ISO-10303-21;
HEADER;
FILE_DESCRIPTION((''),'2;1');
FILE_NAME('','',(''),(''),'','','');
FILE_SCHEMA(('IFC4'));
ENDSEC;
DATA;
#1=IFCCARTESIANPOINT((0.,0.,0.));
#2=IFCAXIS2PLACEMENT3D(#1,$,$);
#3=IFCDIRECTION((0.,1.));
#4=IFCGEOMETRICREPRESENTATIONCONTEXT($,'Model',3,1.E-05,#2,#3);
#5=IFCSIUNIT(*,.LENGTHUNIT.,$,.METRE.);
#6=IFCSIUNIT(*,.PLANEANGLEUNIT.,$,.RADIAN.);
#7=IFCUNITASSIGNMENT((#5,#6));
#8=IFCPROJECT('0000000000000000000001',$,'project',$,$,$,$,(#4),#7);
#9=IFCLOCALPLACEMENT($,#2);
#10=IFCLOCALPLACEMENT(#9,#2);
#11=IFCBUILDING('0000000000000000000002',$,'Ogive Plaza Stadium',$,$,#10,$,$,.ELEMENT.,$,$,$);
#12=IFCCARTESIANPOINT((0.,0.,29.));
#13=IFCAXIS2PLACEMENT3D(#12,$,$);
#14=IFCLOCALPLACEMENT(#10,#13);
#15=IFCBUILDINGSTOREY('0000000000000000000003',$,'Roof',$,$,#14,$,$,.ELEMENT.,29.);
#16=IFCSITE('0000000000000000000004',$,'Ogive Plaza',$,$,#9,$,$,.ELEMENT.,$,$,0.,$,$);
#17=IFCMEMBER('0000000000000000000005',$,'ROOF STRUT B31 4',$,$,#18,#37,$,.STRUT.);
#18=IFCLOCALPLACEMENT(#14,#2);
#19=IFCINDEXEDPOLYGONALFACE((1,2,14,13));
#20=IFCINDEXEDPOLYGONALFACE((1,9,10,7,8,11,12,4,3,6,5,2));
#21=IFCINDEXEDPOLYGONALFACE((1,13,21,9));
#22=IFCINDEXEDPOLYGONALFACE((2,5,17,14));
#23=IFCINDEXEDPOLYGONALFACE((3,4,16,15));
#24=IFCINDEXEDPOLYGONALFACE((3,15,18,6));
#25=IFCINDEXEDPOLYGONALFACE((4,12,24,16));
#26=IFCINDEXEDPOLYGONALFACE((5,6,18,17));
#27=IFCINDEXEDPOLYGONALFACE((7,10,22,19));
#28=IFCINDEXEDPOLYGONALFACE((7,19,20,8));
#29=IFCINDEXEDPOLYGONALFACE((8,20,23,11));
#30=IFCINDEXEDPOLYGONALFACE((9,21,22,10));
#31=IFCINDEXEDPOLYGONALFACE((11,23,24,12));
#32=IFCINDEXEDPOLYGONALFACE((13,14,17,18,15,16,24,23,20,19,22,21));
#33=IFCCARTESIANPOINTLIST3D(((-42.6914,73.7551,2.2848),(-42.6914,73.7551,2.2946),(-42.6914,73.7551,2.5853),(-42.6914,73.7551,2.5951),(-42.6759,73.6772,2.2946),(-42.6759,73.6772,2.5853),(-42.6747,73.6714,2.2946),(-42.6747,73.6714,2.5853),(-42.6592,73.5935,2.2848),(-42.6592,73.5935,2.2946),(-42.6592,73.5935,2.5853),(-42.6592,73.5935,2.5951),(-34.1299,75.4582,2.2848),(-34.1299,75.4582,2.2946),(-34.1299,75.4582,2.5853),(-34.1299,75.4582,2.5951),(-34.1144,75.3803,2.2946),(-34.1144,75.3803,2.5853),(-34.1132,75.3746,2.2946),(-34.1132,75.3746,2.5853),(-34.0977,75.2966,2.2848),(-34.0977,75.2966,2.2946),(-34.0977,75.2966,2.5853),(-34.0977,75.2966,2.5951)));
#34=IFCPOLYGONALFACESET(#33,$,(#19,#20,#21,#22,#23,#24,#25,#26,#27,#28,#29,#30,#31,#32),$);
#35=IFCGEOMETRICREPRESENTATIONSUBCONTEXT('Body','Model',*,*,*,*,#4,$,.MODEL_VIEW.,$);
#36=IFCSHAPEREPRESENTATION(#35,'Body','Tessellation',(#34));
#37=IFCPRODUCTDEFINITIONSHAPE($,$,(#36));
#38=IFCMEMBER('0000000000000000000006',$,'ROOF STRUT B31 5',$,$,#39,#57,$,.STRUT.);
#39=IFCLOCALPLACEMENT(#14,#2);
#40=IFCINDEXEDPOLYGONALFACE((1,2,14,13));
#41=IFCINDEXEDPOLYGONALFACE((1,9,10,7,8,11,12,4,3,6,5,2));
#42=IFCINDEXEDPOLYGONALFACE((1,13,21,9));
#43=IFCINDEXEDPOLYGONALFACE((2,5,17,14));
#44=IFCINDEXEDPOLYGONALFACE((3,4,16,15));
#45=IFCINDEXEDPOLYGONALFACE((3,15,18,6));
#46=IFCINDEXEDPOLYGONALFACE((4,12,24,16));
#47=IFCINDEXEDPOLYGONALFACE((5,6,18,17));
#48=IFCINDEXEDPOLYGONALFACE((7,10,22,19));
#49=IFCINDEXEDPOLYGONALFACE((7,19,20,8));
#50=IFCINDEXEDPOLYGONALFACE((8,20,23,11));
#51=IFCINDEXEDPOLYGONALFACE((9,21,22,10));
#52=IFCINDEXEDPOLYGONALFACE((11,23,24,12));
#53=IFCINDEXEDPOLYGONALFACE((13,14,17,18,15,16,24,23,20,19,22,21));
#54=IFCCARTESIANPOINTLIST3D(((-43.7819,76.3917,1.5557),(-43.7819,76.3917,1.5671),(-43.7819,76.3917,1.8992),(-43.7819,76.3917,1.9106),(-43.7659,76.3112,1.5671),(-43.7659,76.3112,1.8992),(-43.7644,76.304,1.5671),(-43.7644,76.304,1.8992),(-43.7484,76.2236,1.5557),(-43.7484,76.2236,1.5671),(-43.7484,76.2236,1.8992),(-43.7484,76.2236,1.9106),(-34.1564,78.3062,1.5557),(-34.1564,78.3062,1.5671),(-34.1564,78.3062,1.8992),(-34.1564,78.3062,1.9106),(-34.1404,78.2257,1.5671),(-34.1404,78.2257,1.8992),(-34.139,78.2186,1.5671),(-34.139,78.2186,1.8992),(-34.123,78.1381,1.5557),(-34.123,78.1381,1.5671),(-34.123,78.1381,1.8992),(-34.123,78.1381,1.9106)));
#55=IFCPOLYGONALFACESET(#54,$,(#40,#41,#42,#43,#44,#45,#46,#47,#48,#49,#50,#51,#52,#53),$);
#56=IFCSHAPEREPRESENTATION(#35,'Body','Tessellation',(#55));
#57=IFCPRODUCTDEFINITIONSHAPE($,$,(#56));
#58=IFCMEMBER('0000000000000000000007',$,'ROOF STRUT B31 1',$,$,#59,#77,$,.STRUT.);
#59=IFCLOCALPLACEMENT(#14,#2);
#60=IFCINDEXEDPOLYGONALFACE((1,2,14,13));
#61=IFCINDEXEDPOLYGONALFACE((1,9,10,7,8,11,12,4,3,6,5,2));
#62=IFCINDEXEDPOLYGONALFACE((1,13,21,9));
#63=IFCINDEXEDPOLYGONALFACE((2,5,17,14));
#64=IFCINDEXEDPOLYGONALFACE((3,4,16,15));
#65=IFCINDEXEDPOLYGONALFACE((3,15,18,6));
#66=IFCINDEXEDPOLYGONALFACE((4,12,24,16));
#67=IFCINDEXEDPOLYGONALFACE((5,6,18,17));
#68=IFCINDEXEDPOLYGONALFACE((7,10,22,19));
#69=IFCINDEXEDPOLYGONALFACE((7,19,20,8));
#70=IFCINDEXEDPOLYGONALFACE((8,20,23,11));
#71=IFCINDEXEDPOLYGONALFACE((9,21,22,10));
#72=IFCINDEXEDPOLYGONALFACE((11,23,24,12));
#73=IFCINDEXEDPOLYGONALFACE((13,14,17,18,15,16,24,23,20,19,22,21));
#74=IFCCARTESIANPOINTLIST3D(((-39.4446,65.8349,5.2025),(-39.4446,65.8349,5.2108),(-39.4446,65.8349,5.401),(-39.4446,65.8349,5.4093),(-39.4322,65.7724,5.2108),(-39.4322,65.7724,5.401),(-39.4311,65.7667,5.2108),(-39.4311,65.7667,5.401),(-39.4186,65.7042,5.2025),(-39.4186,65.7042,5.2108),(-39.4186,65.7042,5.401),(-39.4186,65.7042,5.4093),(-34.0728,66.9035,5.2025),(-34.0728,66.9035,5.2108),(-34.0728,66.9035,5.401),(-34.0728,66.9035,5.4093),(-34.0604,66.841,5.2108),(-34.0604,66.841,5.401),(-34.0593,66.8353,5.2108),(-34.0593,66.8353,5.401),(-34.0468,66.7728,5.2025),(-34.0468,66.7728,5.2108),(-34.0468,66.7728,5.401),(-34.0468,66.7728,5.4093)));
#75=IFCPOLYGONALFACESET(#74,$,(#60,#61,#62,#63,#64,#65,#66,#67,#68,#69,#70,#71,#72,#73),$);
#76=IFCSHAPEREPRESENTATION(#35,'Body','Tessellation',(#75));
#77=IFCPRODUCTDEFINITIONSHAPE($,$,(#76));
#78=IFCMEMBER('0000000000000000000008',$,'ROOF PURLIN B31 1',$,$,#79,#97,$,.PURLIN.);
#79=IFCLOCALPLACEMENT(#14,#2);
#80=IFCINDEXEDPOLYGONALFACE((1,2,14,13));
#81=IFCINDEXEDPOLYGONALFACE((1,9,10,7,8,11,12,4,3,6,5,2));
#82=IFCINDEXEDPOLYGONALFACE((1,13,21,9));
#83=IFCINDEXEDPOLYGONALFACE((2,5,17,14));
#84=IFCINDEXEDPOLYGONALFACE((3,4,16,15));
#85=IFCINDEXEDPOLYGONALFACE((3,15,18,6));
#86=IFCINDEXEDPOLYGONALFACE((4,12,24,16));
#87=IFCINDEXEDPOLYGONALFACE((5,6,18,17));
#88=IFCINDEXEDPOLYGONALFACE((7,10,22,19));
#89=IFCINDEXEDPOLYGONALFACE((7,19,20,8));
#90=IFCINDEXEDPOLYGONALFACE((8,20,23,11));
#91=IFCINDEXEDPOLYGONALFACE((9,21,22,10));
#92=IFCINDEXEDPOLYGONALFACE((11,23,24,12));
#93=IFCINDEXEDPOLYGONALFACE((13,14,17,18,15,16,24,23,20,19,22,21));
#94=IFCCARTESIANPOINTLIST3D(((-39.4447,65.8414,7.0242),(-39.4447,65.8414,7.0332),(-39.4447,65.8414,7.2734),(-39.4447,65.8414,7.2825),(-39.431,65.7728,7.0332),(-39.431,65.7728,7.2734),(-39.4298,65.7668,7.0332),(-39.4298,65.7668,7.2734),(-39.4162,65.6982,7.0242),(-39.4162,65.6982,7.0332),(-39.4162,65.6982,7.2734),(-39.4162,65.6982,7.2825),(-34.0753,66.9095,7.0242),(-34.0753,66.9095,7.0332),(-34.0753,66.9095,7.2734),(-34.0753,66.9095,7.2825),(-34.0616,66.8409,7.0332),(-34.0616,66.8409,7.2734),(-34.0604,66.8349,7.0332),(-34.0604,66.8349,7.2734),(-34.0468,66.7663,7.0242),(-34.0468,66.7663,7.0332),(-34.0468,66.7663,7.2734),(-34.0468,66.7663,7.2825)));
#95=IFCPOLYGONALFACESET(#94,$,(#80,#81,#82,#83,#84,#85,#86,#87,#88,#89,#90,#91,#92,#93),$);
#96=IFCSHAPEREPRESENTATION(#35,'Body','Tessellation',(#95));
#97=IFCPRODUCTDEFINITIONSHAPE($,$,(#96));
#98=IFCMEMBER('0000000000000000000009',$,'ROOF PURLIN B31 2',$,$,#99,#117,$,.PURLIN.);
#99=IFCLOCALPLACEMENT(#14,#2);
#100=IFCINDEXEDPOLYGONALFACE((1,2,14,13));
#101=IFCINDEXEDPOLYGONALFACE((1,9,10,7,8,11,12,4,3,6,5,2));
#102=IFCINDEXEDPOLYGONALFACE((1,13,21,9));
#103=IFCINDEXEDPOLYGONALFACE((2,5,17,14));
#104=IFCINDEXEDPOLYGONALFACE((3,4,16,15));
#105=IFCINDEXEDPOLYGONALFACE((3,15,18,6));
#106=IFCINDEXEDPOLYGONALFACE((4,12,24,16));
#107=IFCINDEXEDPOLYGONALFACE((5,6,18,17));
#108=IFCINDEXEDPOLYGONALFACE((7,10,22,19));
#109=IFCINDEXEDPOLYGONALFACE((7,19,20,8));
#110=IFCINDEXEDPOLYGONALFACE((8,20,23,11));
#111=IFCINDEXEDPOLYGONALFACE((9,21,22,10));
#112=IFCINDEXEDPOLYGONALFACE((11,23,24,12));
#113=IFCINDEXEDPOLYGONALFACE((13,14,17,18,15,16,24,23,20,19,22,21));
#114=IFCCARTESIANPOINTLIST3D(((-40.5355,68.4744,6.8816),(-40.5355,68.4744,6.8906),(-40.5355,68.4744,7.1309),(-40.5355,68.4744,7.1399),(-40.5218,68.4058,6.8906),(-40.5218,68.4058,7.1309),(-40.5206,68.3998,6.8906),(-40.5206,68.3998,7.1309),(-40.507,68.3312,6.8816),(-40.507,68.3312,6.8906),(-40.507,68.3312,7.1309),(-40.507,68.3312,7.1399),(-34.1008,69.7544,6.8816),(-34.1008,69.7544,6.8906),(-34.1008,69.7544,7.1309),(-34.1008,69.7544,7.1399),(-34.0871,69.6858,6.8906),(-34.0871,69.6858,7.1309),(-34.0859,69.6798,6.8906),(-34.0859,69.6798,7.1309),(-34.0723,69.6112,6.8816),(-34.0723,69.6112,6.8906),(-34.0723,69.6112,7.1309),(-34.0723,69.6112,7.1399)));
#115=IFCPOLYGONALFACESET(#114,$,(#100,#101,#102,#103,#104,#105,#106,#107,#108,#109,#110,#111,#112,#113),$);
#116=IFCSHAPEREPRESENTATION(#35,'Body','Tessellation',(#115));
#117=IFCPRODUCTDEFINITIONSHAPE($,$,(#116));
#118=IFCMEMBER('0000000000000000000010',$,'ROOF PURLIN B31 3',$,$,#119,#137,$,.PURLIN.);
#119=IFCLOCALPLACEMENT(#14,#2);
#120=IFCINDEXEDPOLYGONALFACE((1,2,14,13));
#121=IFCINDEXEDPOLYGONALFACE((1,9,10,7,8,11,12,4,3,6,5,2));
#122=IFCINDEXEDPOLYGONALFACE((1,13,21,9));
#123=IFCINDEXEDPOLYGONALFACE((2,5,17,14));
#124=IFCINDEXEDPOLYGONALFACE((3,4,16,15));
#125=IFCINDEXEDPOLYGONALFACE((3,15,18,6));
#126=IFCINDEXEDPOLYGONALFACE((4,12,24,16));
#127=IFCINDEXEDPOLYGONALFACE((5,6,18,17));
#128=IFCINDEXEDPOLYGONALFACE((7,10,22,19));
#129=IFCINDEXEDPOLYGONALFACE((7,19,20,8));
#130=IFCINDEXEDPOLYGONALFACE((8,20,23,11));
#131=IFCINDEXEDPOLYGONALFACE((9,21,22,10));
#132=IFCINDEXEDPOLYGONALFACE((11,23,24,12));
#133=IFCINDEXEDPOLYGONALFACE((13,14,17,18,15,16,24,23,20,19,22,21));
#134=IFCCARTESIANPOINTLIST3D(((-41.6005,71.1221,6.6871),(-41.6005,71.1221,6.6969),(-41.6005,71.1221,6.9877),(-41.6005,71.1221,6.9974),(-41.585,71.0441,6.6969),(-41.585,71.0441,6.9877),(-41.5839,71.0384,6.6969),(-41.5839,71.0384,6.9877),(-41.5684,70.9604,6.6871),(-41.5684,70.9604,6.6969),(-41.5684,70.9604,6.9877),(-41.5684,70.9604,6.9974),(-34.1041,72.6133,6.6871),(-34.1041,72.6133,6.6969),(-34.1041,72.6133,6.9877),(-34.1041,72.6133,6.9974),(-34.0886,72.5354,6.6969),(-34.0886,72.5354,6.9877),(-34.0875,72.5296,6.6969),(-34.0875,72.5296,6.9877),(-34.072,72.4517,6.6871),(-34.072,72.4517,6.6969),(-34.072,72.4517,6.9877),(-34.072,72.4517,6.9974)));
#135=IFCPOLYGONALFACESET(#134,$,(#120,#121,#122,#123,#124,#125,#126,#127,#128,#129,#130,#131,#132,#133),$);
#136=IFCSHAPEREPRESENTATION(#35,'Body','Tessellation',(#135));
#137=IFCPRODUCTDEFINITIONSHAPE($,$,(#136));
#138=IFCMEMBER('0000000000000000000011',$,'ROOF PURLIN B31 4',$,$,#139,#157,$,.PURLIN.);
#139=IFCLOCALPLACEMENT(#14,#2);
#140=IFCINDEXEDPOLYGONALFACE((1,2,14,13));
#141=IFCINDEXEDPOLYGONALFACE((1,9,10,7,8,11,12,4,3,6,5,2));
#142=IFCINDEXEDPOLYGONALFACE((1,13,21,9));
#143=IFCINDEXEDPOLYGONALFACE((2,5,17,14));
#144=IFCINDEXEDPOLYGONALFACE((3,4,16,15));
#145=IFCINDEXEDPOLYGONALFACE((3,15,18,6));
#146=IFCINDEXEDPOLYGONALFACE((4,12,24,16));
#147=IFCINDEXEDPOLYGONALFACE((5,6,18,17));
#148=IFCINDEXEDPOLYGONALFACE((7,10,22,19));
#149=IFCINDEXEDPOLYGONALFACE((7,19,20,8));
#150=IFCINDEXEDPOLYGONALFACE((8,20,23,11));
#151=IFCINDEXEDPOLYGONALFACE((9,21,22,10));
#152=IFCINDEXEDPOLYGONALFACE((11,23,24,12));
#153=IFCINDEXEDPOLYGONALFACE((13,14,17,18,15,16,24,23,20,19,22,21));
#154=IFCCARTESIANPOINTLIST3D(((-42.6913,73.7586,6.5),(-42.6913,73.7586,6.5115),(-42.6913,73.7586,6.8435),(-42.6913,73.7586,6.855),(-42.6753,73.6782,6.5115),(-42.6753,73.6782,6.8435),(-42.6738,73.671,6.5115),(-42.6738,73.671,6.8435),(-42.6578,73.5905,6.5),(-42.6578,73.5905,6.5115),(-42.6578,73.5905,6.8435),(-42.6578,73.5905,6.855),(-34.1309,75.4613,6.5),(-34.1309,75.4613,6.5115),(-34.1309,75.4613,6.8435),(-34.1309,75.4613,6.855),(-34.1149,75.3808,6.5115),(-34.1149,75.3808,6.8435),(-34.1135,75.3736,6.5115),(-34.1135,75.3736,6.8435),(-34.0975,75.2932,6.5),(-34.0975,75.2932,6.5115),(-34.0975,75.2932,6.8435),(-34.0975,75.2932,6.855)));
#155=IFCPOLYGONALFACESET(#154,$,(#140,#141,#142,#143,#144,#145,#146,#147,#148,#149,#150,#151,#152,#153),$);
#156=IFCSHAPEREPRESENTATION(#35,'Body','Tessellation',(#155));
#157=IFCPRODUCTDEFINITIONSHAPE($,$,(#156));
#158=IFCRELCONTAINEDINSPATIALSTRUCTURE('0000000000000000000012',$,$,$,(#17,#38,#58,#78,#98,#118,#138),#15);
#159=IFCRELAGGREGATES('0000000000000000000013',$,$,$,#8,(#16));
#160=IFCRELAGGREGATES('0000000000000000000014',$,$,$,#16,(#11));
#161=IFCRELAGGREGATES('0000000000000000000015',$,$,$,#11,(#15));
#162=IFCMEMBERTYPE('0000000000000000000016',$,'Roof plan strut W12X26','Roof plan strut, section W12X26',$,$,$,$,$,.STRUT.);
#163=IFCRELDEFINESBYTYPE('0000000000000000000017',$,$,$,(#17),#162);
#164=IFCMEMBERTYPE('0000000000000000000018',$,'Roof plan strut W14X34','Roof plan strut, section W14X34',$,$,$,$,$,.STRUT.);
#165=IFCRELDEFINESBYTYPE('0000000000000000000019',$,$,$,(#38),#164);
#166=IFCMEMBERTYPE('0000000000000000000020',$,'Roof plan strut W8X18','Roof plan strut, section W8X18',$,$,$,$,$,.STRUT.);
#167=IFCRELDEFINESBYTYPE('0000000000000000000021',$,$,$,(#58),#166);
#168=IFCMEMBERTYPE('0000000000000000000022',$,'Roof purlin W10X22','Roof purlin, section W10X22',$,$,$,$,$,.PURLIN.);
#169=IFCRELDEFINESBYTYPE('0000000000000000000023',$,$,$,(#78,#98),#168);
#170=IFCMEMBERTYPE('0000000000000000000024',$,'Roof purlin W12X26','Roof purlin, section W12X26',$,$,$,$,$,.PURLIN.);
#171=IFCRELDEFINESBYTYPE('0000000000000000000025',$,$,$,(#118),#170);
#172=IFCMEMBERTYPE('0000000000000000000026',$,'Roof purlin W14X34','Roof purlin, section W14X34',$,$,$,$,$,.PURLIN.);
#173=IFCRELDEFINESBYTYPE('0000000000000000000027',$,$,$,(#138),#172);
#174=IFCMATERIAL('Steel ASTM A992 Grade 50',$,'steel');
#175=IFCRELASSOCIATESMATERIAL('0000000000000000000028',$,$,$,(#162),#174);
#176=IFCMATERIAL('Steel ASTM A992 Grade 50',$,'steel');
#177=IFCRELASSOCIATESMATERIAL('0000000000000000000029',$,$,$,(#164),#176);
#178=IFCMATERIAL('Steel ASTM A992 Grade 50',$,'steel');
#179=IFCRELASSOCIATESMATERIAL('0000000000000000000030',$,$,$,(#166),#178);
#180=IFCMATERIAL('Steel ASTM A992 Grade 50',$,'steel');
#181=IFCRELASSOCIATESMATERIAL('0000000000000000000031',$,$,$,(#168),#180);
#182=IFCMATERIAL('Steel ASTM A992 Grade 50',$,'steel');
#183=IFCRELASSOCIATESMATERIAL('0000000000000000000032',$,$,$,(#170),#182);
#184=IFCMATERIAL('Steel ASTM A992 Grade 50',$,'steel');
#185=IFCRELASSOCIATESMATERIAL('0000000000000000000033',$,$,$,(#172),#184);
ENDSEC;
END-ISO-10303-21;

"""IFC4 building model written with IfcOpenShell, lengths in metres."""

from ifc_helpers import new_model, si_unit, direction, frame, origin, origin_2d, place, context, subcontext, project, spatial, i_section, extrude, material, material_profile, profile_set, type_object, element, save


model = new_model("IFC4")

# Units and contexts
model_context = context("Model", 3, precision=1e-05, world=origin(), true_north=direction((0.0, 1.0)))
body_context = subcontext(model_context, "Body", "Model", "MODEL_VIEW")
ifc_project = project(units=[si_unit("LENGTHUNIT", "METRE"), si_unit("PLANEANGLEUNIT", "RADIAN")], contexts=[model_context])

# Site, building, storey
site_placement = place(None, origin())
site = spatial("IfcSite", under=ifc_project, at=site_placement, Name="Ogive Plaza", CompositionType="ELEMENT", RefElevation=0.0)
building_placement = place(site_placement, origin())
building = spatial("IfcBuilding", under=site, at=building_placement, Name="Ogive Plaza Stadium", CompositionType="ELEMENT")
storey_placement = place(building_placement, frame((0.0, 0.0, 29.0)))
storey = spatial("IfcBuildingStorey", under=building, at=storey_placement, Name="Roof", CompositionType="ELEMENT", Elevation=29.0)

# Members
ifc_material_1 = material(Name="Steel ASTM A992 Grade 50", Category="steel")
ifc_material_profile_1 = material_profile(ifc_material_1, i_section(OverallWidth=0.1648, OverallDepth=0.3103, WebThickness=0.0059, FlangeThickness=0.0098, at=origin_2d()), Name="W12X26")
ifc_profile_set_1 = profile_set([ifc_material_profile_1], Name="Steel ASTM A992 Grade 50")
member_type_1 = type_object("IfcMemberType", Name="Roof plan strut W12X26", Description="Roof plan strut, section W12X26", PredefinedType="STRUT", material=ifc_profile_set_1)
member_1_placement = place(storey_placement, frame((-42.6753, 73.6743, 2.4399), z_axis=(0.980782, 0.195105, 0.0), x_axis=(-0.195105, 0.980782, 0.0)))
element("IfcMember", 1, at=member_1_placement, inside=storey, type_object=member_type_1, Name="ROOF STRUT B31 4", PredefinedType="STRUT", context=body_context, shape_type="SweptSolid", body=[
    extrude(i_section(OverallWidth=0.1648, OverallDepth=0.3103, WebThickness=0.0059, FlangeThickness=0.0098, at=origin_2d()), origin(), (0.0, 0.0, 1.0), 8.7292),
])
ifc_material_2 = material(Name="Steel ASTM A992 Grade 50", Category="steel")
ifc_material_profile_2 = material_profile(ifc_material_2, i_section(OverallWidth=0.1714, OverallDepth=0.355, WebThickness=0.0073, FlangeThickness=0.0115, at=origin_2d()), Name="W14X34")
ifc_profile_set_2 = profile_set([ifc_material_profile_2], Name="Steel ASTM A992 Grade 50")
member_type_2 = type_object("IfcMemberType", Name="Roof plan strut W14X34", Description="Roof plan strut, section W14X34", PredefinedType="STRUT", material=ifc_profile_set_2)
member_2_placement = place(storey_placement, frame((-43.7651, 76.3076, 1.7332), z_axis=(0.980787, 0.195083, 0.0), x_axis=(-0.195083, 0.980787, 0.0)))
element("IfcMember", 2, at=member_2_placement, inside=storey, type_object=member_type_2, Name="ROOF STRUT B31 5", PredefinedType="STRUT", context=body_context, shape_type="SweptSolid", body=[
    extrude(i_section(OverallWidth=0.1714, OverallDepth=0.355, WebThickness=0.0073, FlangeThickness=0.0115, at=origin_2d()), origin(), (0.0, 0.0, 1.0), 9.814),
])
ifc_material_3 = material(Name="Steel ASTM A992 Grade 50", Category="steel")
ifc_material_profile_3 = material_profile(ifc_material_3, i_section(OverallWidth=0.1333, OverallDepth=0.2068, WebThickness=0.0059, FlangeThickness=0.0083, at=origin_2d()), Name="W8X18")
ifc_profile_set_3 = profile_set([ifc_material_profile_3], Name="Steel ASTM A992 Grade 50")
member_type_3 = type_object("IfcMemberType", Name="Roof plan strut W8X18", Description="Roof plan strut, section W8X18", PredefinedType="STRUT", material=ifc_profile_set_3)
member_3_placement = place(storey_placement, frame((-39.4316, 65.7695, 5.3059), z_axis=(0.980782, 0.195105, 0.0), x_axis=(-0.195105, 0.980782, 0.0)))
element("IfcMember", 3, at=member_3_placement, inside=storey, type_object=member_type_3, Name="ROOF STRUT B31 1", PredefinedType="STRUT", context=body_context, shape_type="SweptSolid", body=[
    extrude(i_section(OverallWidth=0.1333, OverallDepth=0.2068, WebThickness=0.0059, FlangeThickness=0.0083, at=origin_2d()), origin(), (0.0, 0.0, 1.0), 5.4771),
])
ifc_material_4 = material(Name="Steel ASTM A992 Grade 50", Category="steel")
ifc_material_profile_4 = material_profile(ifc_material_4, i_section(OverallWidth=0.146, OverallDepth=0.2583, WebThickness=0.0061, FlangeThickness=0.009, at=origin_2d()), Name="W10X22")
ifc_profile_set_4 = profile_set([ifc_material_profile_4], Name="Steel ASTM A992 Grade 50")
member_type_4 = type_object("IfcMemberType", Name="Roof purlin W10X22", Description="Roof purlin, section W10X22", PredefinedType="PURLIN", material=ifc_profile_set_4)
member_4_placement = place(storey_placement, frame((-39.4304, 65.7698, 7.1533), z_axis=(0.980783, 0.195104, 0.0), x_axis=(-0.195104, 0.980783, 0.0)))
element("IfcMember", 4, at=member_4_placement, inside=storey, type_object=member_type_4, Name="ROOF PURLIN B31 1", PredefinedType="PURLIN", context=body_context, shape_type="SweptSolid", body=[
    extrude(i_section(OverallWidth=0.146, OverallDepth=0.2583, WebThickness=0.0061, FlangeThickness=0.009, at=origin_2d()), origin(), (0.0, 0.0, 1.0), 5.4746),
])
member_5_placement = place(storey_placement, frame((-40.5212, 68.4028, 7.0107), z_axis=(0.980783, 0.1951, 0.0), x_axis=(-0.1951, 0.980783, 0.0)))
element("IfcMember", 5, at=member_5_placement, inside=storey, type_object=member_type_4, Name="ROOF PURLIN B31 2", PredefinedType="PURLIN", context=body_context, shape_type="SweptSolid", body=[
    extrude(i_section(OverallWidth=0.146, OverallDepth=0.2583, WebThickness=0.0061, FlangeThickness=0.009, at=origin_2d()), origin(), (0.0, 0.0, 1.0), 6.5608),
])
ifc_material_5 = material(Name="Steel ASTM A992 Grade 50", Category="steel")
ifc_material_profile_5 = material_profile(ifc_material_5, i_section(OverallWidth=0.1648, OverallDepth=0.3103, WebThickness=0.0059, FlangeThickness=0.0098, at=origin_2d()), Name="W12X26")
ifc_profile_set_5 = profile_set([ifc_material_profile_5], Name="Steel ASTM A992 Grade 50")
member_type_5 = type_object("IfcMemberType", Name="Roof purlin W12X26", Description="Roof purlin, section W12X26", PredefinedType="PURLIN", material=ifc_profile_set_5)
member_6_placement = place(storey_placement, frame((-41.5845, 71.0413, 6.8423), z_axis=(0.980783, 0.195102, 0.0), x_axis=(-0.195102, 0.980783, 0.0)))
element("IfcMember", 6, at=member_6_placement, inside=storey, type_object=member_type_5, Name="ROOF PURLIN B31 3", PredefinedType="PURLIN", context=body_context, shape_type="SweptSolid", body=[
    extrude(i_section(OverallWidth=0.1648, OverallDepth=0.3103, WebThickness=0.0059, FlangeThickness=0.0098, at=origin_2d()), origin(), (0.0, 0.0, 1.0), 7.6433),
])
ifc_material_6 = material(Name="Steel ASTM A992 Grade 50", Category="steel")
ifc_material_profile_6 = material_profile(ifc_material_6, i_section(OverallWidth=0.1714, OverallDepth=0.355, WebThickness=0.0073, FlangeThickness=0.0115, at=origin_2d()), Name="W14X34")
ifc_profile_set_6 = profile_set([ifc_material_profile_6], Name="Steel ASTM A992 Grade 50")
member_type_6 = type_object("IfcMemberType", Name="Roof purlin W14X34", Description="Roof purlin, section W14X34", PredefinedType="PURLIN", material=ifc_profile_set_6)
member_7_placement = place(storey_placement, frame((-42.6746, 73.6746, 6.6775), z_axis=(0.980788, 0.195078, 0.0), x_axis=(-0.195078, 0.980788, 0.0)))
element("IfcMember", 7, at=member_7_placement, inside=storey, type_object=member_type_6, Name="ROOF PURLIN B31 4", PredefinedType="PURLIN", context=body_context, shape_type="SweptSolid", body=[
    extrude(i_section(OverallWidth=0.1714, OverallDepth=0.355, WebThickness=0.0073, FlangeThickness=0.0115, at=origin_2d()), origin(), (0.0, 0.0, 1.0), 8.728),
])

save(model, "model.ifc")
